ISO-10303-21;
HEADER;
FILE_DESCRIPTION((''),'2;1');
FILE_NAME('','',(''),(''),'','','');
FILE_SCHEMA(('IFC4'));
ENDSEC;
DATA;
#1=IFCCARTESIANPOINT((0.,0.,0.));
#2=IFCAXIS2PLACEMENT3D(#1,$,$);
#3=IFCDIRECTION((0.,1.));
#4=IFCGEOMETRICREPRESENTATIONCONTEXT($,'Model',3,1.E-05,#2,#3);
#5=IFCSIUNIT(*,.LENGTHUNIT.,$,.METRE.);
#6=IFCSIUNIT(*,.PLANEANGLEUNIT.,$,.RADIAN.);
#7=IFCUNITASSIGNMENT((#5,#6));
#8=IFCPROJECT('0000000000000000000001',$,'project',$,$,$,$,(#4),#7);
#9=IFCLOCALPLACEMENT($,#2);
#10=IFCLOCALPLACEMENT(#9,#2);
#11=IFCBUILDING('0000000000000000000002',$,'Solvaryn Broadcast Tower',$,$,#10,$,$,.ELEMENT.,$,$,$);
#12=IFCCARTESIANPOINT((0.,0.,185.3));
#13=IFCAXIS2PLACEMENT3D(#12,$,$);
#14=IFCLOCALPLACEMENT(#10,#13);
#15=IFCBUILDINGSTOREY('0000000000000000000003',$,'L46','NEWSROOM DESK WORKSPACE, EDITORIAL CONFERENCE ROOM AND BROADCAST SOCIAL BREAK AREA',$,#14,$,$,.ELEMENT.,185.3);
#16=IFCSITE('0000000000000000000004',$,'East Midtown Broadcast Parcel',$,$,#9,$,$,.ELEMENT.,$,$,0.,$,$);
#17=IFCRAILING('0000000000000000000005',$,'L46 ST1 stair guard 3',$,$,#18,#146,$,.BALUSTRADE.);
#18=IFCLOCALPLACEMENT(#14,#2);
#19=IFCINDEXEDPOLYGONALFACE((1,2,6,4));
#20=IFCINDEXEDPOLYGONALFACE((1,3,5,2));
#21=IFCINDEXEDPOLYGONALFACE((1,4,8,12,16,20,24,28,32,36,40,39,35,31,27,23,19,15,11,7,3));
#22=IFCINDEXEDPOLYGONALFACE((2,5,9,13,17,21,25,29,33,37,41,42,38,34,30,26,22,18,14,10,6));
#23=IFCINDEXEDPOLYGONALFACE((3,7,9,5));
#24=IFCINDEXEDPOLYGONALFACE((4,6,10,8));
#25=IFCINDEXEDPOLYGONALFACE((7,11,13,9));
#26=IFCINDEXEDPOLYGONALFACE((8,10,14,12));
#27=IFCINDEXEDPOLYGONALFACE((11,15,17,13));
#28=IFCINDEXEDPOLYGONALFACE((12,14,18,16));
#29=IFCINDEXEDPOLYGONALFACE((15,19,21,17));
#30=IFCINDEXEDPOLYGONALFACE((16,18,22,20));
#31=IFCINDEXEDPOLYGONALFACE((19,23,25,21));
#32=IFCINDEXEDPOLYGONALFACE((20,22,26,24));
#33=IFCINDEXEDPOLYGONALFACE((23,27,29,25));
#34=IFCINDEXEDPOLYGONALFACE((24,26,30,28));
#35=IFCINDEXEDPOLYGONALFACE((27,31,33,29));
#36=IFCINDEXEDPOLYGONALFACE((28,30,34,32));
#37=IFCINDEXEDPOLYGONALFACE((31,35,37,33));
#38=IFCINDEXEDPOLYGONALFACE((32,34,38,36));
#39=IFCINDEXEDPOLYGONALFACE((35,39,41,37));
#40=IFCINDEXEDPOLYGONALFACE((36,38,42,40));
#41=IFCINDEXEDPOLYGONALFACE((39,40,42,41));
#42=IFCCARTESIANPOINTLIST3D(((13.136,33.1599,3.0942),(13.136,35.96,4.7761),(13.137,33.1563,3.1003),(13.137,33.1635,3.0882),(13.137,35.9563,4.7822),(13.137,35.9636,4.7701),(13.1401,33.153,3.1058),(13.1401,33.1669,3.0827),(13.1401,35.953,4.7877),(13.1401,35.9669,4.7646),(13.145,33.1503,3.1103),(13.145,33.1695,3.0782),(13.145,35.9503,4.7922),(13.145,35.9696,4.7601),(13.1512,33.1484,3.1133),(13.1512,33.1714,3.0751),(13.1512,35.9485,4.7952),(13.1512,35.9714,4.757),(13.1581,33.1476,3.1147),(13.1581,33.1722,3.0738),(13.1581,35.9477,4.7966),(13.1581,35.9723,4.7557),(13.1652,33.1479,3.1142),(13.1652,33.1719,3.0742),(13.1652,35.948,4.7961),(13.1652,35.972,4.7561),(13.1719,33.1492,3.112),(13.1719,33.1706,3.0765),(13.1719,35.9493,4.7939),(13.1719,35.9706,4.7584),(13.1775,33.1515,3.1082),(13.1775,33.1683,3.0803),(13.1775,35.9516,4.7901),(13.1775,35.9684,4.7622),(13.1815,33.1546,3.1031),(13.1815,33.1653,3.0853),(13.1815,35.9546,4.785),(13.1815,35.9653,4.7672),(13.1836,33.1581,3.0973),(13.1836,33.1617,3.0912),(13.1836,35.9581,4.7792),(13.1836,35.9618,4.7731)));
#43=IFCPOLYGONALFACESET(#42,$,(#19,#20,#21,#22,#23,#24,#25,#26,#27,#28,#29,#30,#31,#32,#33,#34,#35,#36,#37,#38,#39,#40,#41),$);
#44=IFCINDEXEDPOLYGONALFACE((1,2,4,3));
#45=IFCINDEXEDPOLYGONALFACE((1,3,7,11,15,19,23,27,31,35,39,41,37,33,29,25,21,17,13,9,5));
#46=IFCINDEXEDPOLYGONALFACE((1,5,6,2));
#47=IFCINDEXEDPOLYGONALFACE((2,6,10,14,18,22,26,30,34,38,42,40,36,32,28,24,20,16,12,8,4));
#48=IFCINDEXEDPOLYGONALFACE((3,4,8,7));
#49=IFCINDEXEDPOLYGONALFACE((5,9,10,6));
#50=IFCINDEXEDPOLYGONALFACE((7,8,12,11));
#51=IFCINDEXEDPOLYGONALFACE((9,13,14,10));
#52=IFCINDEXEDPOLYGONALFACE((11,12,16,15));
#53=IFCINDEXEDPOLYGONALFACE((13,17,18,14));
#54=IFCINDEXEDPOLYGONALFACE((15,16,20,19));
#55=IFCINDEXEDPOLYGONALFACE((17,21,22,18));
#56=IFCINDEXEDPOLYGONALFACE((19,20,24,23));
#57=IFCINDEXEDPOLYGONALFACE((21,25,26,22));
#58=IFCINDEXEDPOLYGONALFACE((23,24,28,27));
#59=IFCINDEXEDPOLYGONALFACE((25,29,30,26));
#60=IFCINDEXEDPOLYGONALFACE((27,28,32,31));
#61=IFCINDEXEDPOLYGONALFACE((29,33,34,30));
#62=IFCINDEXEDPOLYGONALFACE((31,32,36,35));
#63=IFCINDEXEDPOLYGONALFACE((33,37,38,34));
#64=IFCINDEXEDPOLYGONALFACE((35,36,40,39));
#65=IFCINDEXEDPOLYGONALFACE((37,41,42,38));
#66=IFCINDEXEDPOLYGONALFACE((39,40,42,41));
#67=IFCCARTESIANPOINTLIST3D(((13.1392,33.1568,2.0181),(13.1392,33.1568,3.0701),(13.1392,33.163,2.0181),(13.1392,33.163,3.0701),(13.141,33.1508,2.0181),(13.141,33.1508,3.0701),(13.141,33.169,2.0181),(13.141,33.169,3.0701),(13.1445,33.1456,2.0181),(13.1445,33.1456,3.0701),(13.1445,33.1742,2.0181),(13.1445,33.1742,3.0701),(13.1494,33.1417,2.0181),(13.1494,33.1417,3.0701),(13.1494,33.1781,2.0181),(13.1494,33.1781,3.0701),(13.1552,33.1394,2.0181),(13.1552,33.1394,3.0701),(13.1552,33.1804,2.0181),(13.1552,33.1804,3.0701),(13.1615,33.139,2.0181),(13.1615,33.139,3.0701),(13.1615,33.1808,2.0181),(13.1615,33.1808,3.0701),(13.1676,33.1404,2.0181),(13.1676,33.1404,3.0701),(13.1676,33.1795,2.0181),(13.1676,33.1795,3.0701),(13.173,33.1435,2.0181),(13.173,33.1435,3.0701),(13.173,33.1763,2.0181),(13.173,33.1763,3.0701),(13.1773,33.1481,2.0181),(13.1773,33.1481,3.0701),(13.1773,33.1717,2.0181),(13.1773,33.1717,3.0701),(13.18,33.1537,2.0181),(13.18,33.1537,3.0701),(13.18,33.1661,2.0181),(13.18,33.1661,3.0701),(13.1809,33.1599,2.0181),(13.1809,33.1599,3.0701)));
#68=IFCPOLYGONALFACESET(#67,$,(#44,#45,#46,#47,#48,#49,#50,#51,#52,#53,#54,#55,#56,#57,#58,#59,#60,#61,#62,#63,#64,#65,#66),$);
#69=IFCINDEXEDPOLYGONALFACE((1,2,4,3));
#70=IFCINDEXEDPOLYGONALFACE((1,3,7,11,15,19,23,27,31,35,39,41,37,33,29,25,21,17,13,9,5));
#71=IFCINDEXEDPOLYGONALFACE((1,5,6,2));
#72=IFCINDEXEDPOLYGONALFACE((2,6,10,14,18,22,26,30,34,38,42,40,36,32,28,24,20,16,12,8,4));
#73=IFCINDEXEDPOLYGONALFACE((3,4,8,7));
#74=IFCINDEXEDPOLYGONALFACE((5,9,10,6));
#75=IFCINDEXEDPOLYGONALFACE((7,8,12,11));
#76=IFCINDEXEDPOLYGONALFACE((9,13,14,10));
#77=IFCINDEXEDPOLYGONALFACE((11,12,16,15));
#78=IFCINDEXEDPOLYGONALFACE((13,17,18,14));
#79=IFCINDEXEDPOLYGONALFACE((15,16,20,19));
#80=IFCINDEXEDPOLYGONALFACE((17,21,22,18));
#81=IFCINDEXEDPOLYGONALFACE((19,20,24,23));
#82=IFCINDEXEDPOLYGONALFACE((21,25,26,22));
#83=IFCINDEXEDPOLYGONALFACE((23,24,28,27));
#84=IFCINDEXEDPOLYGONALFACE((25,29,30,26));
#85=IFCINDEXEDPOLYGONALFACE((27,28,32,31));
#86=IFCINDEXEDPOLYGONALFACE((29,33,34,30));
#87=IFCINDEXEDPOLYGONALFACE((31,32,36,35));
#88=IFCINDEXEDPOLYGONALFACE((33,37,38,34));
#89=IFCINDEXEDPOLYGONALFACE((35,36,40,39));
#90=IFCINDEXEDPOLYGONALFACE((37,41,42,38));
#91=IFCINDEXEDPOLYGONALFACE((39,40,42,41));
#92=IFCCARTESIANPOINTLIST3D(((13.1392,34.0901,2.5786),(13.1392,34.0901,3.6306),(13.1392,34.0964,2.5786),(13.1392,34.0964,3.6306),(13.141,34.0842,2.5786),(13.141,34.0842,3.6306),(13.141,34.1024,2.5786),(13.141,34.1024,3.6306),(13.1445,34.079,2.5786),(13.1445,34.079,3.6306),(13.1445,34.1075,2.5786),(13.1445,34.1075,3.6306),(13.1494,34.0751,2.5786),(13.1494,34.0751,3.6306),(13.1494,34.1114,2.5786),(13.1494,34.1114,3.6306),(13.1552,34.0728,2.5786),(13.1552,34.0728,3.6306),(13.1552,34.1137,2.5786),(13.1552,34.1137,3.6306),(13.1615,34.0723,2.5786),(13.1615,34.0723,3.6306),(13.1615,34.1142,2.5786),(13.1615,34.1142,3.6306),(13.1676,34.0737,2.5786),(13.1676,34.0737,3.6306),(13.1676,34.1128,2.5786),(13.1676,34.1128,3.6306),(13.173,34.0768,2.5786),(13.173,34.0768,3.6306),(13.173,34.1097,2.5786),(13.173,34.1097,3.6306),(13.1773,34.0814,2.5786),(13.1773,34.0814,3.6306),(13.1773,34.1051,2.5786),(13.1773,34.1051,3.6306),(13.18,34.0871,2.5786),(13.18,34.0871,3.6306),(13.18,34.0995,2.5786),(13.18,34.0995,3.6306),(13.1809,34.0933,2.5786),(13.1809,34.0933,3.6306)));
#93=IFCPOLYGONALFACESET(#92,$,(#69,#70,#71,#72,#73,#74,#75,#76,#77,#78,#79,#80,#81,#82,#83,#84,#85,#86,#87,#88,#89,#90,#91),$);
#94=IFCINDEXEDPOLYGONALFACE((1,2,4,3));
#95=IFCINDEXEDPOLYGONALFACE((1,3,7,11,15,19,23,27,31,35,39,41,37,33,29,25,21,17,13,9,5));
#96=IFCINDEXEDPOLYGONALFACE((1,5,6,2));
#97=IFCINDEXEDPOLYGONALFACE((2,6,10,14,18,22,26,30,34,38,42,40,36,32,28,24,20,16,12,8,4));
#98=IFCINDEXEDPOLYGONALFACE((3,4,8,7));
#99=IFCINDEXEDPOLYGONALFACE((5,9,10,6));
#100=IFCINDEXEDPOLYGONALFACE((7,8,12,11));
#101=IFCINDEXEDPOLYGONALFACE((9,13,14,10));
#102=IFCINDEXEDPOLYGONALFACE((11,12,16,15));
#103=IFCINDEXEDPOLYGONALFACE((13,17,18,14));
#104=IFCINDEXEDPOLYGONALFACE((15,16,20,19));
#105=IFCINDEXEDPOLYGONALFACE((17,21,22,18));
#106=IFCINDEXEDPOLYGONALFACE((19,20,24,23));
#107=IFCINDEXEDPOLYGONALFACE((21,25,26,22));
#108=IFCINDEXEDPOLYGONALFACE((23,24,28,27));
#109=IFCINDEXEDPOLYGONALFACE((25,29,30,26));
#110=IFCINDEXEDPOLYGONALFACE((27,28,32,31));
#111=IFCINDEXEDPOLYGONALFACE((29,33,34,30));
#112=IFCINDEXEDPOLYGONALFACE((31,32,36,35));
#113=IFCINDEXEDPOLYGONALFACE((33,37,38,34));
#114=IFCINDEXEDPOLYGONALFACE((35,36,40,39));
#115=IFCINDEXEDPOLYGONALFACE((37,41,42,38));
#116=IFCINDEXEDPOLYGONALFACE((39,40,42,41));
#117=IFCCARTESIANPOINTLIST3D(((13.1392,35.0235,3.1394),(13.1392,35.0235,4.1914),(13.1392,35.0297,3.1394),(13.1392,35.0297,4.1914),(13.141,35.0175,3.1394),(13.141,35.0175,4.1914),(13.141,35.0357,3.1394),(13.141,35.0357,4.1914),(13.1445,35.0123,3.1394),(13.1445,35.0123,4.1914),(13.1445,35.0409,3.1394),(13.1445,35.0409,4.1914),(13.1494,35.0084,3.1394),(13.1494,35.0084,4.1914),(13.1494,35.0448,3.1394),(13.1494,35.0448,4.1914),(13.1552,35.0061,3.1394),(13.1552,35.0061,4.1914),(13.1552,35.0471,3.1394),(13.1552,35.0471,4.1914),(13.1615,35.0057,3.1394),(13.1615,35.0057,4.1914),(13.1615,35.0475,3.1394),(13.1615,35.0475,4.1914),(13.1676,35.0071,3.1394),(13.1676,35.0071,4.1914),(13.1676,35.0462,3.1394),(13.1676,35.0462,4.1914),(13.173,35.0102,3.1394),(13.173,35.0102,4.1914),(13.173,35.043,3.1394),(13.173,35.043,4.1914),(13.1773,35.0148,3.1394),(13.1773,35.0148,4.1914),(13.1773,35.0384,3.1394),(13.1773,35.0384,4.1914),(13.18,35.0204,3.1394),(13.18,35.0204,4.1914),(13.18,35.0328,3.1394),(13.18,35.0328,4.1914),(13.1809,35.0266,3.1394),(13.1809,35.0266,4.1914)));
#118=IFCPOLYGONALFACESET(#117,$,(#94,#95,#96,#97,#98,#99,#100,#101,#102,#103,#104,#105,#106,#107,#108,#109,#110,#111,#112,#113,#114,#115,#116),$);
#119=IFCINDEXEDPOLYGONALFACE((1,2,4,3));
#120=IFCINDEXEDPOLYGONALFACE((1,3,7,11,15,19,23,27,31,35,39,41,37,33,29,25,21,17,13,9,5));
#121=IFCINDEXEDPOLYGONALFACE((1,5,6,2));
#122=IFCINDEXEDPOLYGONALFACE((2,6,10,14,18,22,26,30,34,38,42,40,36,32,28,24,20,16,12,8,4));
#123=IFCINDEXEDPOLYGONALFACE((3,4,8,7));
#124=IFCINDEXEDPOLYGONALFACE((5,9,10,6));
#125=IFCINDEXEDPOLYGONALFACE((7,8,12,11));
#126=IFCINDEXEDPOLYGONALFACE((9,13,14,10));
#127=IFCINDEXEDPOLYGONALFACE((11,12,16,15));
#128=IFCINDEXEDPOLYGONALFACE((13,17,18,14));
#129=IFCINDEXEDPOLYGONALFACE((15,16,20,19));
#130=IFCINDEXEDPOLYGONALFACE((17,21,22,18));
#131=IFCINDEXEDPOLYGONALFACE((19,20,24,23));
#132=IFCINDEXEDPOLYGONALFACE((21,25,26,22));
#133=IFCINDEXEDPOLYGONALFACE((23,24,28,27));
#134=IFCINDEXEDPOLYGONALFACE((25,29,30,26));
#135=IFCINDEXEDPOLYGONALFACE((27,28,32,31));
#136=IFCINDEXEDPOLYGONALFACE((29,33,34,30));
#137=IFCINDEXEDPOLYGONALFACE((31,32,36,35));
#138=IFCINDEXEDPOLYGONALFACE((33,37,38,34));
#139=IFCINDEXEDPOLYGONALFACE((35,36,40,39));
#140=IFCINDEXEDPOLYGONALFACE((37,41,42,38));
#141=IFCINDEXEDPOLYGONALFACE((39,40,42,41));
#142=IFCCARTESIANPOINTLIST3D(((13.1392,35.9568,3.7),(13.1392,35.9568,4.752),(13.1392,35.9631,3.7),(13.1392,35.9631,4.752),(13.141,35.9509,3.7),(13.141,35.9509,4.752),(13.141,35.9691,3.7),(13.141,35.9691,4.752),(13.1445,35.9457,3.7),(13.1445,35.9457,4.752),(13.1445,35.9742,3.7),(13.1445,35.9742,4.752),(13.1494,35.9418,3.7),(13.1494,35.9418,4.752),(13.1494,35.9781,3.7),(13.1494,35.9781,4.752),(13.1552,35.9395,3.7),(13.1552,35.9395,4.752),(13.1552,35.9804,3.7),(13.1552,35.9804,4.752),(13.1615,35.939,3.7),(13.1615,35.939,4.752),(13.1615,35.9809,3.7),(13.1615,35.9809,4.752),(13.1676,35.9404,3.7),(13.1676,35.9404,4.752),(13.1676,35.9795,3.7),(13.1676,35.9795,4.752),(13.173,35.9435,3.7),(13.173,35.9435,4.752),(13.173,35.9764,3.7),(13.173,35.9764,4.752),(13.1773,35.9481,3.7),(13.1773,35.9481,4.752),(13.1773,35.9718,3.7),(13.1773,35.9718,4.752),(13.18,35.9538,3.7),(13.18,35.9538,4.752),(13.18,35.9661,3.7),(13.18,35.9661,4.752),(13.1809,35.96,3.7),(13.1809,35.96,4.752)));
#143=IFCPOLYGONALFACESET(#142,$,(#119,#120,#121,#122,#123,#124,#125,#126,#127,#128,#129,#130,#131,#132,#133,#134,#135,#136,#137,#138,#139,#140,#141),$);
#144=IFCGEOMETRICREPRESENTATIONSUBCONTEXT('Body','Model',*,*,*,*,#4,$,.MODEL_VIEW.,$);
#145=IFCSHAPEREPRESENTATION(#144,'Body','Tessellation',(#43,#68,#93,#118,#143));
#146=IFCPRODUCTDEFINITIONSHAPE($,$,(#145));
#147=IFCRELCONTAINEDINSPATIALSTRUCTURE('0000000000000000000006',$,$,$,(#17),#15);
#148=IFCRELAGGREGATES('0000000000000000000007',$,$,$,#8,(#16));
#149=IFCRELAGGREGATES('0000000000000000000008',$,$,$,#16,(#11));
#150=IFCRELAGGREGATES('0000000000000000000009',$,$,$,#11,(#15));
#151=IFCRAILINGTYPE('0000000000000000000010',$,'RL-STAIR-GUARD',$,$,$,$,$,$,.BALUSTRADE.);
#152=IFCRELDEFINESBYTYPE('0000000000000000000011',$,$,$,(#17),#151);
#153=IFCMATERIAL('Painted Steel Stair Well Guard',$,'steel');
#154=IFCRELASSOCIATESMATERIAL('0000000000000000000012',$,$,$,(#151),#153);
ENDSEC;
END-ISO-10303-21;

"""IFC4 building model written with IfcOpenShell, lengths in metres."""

from ifc_helpers import new_model, si_unit, direction, frame, origin, origin_2d, place, context, subcontext, project, spatial, circle, extrude, material, type_object, element, save


model = new_model("IFC4")

# Units and contexts
model_context = context("Model", 3, precision=1e-05, world=origin(), true_north=direction((0.0, 1.0)))
body_context = subcontext(model_context, "Body", "Model", "MODEL_VIEW")
ifc_project = project(units=[si_unit("LENGTHUNIT", "METRE"), si_unit("PLANEANGLEUNIT", "RADIAN")], contexts=[model_context])

# Site, building, storey
site_placement = place(None, origin())
site = spatial("IfcSite", under=ifc_project, at=site_placement, Name="East Midtown Broadcast Parcel", CompositionType="ELEMENT", RefElevation=0.0)
building_placement = place(site_placement, origin())
building = spatial("IfcBuilding", under=site, at=building_placement, Name="Solvaryn Broadcast Tower", CompositionType="ELEMENT")
storey_placement = place(building_placement, frame((0.0, 0.0, 185.3)))
storey = spatial("IfcBuildingStorey", under=building, at=storey_placement, Name="L46", Description="NEWSROOM DESK WORKSPACE, EDITORIAL CONFERENCE ROOM AND BROADCAST SOCIAL BREAK AREA", CompositionType="ELEMENT", Elevation=185.3)

# Railing
ifc_material_1 = material(Name="Painted Steel Stair Well Guard", Category="steel")
railing_type_1 = type_object("IfcRailingType", Name="RL-STAIR-GUARD", PredefinedType="BALUSTRADE", material=ifc_material_1)
railing_1_placement = place(storey_placement, frame((13.1599, 33.1599, 2.0181)))
element("IfcRailing", 1, at=railing_1_placement, inside=storey, type_object=railing_type_1, Name="L46 ST1 stair guard 3", PredefinedType="BALUSTRADE", context=body_context, shape_type="SweptSolid", body=[
    extrude(circle(Radius=0.0239, at=origin_2d()), frame((0.0, 0.0, 1.0762), z_axis=(0.0, 0.857242, 0.514913), x_axis=(-1.0, 0.0, 0.0)), (0.0, 0.0, 1.0), 3.2664),
    extrude(circle(Radius=0.021, at=origin_2d()), origin(), (0.0, 0.0, 1.0), 1.052),
    extrude(circle(Radius=0.021, at=origin_2d()), frame((0.0, 0.9333, 0.5605)), (0.0, 0.0, 1.0), 1.052),
    extrude(circle(Radius=0.021, at=origin_2d()), frame((0.0, 1.8667, 1.1213)), (0.0, 0.0, 1.0), 1.052),
    extrude(circle(Radius=0.021, at=origin_2d()), frame((0.0, 2.8, 1.6819)), (0.0, 0.0, 1.0), 1.052),
])

save(model, "model.ifc")
